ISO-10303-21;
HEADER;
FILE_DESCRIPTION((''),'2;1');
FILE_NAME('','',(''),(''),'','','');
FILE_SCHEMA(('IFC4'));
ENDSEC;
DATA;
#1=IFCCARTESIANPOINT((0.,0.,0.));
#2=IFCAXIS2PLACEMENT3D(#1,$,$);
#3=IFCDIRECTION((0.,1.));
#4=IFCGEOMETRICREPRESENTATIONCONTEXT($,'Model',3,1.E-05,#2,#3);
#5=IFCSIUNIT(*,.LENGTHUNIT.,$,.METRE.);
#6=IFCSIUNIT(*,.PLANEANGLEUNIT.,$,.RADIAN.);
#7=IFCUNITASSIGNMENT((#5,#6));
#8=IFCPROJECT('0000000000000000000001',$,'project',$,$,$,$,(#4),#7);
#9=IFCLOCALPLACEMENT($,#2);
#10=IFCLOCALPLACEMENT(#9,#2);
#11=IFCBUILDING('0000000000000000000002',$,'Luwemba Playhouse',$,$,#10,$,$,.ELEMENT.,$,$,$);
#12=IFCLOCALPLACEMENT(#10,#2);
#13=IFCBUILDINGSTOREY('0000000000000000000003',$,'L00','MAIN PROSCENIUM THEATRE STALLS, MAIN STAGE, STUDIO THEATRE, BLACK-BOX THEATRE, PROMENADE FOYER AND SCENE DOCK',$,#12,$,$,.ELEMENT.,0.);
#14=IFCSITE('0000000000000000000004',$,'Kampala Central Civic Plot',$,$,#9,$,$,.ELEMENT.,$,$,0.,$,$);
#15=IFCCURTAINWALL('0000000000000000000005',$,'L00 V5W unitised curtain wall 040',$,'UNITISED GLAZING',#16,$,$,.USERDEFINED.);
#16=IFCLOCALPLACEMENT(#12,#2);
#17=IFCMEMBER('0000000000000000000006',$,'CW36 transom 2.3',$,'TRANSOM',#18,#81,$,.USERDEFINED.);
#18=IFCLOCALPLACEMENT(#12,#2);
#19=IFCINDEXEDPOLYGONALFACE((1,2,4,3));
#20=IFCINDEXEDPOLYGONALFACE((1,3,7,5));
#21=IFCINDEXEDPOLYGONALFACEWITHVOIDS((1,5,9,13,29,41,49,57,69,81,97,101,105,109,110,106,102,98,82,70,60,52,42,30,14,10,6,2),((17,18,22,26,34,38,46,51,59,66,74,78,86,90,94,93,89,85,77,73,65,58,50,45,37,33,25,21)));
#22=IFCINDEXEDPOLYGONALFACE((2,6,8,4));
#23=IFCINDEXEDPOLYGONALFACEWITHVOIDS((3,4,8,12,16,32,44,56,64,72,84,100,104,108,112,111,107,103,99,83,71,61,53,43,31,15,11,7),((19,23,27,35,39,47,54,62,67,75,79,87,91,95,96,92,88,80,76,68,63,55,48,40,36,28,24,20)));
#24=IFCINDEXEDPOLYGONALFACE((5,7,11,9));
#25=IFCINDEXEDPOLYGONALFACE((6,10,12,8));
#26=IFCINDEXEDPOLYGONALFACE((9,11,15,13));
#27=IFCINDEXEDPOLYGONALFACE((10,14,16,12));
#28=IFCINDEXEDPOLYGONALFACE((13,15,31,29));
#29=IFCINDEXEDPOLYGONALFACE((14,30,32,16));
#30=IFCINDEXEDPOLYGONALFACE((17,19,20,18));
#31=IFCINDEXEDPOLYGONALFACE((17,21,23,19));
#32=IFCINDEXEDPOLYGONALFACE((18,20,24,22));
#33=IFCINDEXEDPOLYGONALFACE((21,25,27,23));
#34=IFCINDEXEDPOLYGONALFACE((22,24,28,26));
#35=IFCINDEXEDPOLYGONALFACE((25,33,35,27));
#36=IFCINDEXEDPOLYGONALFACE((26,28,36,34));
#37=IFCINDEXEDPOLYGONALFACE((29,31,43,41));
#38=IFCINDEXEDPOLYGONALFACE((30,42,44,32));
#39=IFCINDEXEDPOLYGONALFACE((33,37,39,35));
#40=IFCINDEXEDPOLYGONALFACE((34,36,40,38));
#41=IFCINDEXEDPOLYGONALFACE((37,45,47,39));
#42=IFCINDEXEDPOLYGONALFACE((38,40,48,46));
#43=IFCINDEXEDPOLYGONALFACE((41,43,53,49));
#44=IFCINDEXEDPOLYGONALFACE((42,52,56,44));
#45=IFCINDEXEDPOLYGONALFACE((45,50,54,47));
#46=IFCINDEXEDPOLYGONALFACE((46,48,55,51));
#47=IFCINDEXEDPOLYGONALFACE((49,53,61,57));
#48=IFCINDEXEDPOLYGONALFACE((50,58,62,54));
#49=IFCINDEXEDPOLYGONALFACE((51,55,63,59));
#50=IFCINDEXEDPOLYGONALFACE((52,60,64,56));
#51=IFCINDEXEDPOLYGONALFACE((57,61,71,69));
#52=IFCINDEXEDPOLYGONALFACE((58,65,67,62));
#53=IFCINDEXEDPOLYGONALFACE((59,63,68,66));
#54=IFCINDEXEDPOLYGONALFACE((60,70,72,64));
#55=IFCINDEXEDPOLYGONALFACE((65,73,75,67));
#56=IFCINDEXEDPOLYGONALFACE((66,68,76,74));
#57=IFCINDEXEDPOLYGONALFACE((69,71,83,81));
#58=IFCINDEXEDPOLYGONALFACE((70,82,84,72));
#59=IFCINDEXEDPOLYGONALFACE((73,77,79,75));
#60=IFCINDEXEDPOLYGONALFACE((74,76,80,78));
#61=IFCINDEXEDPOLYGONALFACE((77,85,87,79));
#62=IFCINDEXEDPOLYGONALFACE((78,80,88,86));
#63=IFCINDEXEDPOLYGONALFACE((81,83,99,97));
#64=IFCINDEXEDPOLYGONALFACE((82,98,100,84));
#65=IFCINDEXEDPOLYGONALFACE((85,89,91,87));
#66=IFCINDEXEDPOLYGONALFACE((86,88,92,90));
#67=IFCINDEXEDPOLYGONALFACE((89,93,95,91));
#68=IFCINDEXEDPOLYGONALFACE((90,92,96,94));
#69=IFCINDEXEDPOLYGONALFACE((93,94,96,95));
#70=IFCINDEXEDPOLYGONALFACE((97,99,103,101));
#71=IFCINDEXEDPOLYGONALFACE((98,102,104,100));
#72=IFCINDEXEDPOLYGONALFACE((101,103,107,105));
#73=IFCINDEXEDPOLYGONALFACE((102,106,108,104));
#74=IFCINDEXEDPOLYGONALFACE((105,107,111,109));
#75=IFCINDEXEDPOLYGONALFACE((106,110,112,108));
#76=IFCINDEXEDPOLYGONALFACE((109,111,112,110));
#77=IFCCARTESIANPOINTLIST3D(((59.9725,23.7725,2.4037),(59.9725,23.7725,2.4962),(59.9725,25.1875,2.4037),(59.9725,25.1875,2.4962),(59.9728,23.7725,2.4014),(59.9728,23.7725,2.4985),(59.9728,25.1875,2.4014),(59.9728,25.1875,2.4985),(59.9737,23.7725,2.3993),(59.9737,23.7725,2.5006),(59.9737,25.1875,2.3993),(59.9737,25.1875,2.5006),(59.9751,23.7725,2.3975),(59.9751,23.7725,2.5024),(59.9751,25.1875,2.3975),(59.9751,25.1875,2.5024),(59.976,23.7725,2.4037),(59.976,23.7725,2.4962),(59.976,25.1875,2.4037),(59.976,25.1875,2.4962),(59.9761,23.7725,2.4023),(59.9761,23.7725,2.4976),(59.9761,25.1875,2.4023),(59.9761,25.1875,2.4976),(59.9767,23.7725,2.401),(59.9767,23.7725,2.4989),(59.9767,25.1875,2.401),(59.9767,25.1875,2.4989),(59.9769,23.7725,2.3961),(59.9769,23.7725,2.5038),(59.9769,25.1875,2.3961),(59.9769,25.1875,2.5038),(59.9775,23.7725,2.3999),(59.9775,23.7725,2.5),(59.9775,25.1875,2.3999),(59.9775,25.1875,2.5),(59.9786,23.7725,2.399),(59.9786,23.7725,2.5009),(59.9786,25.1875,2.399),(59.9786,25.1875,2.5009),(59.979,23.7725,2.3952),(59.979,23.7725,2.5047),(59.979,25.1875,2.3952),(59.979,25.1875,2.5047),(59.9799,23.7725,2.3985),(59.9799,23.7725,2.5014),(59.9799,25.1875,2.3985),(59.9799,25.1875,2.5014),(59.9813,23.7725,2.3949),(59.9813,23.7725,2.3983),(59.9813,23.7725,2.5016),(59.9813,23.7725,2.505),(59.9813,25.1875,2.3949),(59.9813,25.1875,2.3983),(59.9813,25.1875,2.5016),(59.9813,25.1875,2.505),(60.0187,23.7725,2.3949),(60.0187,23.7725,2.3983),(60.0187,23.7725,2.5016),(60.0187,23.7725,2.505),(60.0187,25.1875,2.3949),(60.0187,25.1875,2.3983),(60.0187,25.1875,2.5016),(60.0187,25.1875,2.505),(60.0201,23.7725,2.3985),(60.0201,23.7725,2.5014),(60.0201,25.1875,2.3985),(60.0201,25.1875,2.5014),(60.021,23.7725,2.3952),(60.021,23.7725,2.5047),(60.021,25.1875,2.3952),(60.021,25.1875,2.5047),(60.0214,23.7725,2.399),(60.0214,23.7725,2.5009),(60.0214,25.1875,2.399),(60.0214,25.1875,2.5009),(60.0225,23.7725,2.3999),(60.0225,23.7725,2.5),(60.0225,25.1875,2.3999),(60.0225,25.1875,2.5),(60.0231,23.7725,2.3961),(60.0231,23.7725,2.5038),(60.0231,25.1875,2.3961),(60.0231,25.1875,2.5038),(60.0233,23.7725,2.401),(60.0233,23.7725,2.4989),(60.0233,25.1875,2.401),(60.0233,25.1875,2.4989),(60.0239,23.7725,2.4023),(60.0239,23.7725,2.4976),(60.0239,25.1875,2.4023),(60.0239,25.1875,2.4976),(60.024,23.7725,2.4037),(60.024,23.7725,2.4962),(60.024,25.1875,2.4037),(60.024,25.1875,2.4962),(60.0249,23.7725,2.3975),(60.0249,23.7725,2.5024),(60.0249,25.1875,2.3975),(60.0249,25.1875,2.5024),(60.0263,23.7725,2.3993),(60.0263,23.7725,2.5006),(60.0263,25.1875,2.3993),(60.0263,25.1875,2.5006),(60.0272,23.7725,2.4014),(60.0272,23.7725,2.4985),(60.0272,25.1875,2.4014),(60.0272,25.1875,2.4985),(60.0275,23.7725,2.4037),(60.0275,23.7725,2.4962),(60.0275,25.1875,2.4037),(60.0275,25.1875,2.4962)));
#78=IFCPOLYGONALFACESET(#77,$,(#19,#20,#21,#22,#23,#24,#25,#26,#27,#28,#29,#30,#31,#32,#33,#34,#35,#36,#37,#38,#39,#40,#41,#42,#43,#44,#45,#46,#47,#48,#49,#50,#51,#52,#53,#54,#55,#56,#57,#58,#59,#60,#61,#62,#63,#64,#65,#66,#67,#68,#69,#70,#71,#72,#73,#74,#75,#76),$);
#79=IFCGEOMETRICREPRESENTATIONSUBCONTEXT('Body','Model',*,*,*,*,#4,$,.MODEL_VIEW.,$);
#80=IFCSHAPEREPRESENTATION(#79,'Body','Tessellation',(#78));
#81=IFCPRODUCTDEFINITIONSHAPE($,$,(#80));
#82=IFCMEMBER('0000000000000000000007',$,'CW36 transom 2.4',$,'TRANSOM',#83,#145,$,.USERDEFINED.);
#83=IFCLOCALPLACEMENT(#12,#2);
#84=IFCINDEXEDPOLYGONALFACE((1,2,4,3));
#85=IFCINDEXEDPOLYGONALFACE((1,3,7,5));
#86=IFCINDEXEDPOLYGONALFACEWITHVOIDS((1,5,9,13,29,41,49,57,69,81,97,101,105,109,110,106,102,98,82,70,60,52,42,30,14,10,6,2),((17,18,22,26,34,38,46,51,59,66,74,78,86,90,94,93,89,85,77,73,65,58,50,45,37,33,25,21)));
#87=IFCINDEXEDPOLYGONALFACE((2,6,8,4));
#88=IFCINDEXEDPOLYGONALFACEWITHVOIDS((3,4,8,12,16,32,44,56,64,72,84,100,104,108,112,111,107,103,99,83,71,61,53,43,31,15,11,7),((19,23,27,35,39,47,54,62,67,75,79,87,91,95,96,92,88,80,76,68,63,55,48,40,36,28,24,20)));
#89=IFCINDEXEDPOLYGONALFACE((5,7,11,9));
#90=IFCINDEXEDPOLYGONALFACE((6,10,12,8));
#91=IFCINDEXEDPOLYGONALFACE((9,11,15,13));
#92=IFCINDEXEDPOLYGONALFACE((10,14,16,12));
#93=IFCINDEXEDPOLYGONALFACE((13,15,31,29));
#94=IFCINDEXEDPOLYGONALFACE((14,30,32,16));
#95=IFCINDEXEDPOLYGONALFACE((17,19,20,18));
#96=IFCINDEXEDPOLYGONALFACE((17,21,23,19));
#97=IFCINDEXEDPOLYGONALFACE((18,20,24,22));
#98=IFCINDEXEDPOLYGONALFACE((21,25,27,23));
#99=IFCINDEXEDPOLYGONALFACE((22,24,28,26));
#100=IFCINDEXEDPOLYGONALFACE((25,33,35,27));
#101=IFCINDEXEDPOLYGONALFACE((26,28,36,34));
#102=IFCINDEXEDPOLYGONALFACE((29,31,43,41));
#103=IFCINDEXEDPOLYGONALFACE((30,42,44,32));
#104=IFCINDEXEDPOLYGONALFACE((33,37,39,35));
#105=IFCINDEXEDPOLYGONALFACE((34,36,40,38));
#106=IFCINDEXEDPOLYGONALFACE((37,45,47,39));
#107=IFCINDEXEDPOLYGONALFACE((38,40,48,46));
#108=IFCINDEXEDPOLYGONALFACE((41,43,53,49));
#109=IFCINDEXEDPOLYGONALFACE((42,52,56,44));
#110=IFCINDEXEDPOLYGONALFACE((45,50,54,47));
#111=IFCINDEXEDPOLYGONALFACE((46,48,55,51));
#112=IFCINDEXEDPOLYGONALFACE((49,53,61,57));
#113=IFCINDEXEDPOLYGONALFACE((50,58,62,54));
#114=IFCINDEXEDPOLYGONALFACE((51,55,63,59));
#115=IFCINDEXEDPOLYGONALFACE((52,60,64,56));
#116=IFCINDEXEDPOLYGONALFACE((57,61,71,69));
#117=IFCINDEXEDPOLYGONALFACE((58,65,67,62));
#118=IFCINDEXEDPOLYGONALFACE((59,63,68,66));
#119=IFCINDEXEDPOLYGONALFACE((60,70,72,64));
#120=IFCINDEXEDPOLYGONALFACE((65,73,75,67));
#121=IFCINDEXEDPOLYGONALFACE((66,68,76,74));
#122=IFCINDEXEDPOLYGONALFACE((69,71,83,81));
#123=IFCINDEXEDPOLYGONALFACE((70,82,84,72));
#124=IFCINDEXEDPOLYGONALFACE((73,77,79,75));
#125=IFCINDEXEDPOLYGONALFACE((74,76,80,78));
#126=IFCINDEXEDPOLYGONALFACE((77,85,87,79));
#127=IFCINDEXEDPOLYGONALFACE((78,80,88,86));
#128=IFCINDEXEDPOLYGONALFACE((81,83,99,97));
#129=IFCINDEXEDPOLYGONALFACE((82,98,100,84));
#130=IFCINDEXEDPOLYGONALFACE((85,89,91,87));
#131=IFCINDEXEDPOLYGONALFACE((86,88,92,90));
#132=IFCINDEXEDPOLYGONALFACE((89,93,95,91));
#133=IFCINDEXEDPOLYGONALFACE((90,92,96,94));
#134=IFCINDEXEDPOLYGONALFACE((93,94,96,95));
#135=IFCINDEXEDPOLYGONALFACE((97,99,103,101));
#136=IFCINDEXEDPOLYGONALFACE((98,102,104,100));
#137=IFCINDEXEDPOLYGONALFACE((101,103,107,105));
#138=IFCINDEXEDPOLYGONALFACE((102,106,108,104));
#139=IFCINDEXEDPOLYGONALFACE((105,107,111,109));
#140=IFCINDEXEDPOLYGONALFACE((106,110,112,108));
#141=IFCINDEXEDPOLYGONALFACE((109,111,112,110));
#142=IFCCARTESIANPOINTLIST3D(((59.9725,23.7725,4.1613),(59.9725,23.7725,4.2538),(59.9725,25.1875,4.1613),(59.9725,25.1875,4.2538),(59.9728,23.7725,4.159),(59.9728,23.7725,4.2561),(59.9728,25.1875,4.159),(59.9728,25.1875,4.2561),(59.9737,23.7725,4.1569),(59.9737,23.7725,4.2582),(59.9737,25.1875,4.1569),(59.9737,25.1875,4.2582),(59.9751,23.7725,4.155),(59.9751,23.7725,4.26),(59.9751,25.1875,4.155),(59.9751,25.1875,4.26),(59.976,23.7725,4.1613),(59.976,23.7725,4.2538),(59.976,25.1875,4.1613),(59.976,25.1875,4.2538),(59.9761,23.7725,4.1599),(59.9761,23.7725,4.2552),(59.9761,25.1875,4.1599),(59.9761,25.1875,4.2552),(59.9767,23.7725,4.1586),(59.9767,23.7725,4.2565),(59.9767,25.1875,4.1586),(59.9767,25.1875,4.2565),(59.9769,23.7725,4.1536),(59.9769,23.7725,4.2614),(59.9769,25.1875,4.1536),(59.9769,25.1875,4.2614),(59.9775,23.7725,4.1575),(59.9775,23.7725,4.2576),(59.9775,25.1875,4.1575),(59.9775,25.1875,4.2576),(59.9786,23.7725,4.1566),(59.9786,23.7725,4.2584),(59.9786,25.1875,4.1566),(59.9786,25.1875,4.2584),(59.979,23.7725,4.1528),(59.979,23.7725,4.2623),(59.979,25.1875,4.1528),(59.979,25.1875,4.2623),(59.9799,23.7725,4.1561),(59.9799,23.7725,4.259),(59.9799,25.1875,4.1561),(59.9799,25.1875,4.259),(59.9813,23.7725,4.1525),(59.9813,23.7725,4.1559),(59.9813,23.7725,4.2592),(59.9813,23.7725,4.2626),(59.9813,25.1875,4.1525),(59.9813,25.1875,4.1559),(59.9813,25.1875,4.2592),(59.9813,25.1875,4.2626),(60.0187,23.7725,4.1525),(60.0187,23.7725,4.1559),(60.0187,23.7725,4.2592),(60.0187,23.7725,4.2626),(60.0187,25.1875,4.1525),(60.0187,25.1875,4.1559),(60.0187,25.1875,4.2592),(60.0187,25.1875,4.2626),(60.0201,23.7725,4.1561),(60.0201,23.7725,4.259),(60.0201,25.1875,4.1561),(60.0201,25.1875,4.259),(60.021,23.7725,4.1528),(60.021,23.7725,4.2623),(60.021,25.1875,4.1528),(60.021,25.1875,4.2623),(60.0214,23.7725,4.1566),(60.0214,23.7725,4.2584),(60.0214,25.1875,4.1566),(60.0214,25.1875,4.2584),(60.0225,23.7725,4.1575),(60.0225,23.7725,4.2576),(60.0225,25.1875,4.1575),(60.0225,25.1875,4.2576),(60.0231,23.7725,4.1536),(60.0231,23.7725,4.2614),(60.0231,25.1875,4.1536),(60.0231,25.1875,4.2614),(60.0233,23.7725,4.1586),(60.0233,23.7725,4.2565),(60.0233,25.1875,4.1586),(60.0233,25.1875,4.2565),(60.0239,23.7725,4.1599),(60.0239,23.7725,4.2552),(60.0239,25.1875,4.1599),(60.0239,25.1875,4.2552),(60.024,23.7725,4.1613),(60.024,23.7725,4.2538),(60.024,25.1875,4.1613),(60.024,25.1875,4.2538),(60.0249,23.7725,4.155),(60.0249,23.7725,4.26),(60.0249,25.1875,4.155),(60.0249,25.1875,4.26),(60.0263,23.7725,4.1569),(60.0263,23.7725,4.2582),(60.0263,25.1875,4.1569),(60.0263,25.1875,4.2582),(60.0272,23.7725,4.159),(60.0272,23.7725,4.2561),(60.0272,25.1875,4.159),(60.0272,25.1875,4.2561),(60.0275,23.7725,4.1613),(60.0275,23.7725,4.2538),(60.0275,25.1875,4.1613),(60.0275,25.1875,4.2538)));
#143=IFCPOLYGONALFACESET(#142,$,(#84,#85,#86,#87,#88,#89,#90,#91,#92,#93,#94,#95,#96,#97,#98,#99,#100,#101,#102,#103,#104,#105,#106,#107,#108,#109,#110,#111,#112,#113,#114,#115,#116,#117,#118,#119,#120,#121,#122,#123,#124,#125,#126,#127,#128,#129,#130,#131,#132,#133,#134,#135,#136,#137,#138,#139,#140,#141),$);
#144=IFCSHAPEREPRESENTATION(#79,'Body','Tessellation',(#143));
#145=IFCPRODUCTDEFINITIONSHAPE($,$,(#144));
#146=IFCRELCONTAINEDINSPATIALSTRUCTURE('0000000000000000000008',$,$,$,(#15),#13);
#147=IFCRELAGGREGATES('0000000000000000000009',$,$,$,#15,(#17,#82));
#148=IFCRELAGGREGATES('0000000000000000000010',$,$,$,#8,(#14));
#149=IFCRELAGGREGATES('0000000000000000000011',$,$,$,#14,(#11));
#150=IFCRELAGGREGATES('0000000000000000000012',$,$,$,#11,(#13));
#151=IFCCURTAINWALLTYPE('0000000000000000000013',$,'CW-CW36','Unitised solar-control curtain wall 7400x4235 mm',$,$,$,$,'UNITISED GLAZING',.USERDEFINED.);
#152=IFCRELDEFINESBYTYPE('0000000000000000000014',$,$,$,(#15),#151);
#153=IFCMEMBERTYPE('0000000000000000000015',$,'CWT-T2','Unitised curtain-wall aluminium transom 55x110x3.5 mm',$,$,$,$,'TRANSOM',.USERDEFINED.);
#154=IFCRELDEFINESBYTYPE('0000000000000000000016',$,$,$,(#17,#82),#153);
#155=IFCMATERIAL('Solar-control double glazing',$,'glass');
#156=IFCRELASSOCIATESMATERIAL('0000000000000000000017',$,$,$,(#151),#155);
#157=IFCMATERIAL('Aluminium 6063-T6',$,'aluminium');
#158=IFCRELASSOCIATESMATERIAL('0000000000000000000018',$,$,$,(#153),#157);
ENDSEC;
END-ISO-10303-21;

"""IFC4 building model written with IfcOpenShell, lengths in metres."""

from ifc_helpers import new_model, si_unit, direction, frame, origin, origin_2d, place, context, subcontext, project, spatial, hollow_rectangle, extrude, material, material_profile, profile_set, type_object, element, aggregate, save


model = new_model("IFC4")

# Units and contexts
model_context = context("Model", 3, precision=1e-05, world=origin(), true_north=direction((0.0, 1.0)))
body_context = subcontext(model_context, "Body", "Model", "MODEL_VIEW")
ifc_project = project(units=[si_unit("LENGTHUNIT", "METRE"), si_unit("PLANEANGLEUNIT", "RADIAN")], contexts=[model_context])

# Site, building, storey
site_placement = place(None, origin())
site = spatial("IfcSite", under=ifc_project, at=site_placement, Name="Kampala Central Civic Plot", CompositionType="ELEMENT", RefElevation=0.0)
building_placement = place(site_placement, origin())
building = spatial("IfcBuilding", under=site, at=building_placement, Name="Luwemba Playhouse", CompositionType="ELEMENT")
storey_placement = place(building_placement, origin())
storey = spatial("IfcBuildingStorey", under=building, at=storey_placement, Name="L00", Description="MAIN PROSCENIUM THEATRE STALLS, MAIN STAGE, STUDIO THEATRE, BLACK-BOX THEATRE, PROMENADE FOYER AND SCENE DOCK", CompositionType="ELEMENT", Elevation=0.0)

# Curtain wall, members
ifc_material_1 = material(Name="Solar-control double glazing", Category="glass")
curtain_wall_type = type_object("IfcCurtainWallType", Name="CW-CW36", Description="Unitised solar-control curtain wall 7400x4235 mm", ElementType="UNITISED GLAZING", PredefinedType="USERDEFINED", material=ifc_material_1)
curtain_wall_placement = place(storey_placement, origin())
curtain_wall = element("IfcCurtainWall", 1, at=curtain_wall_placement, inside=storey, type_object=curtain_wall_type, Name="L00 V5W unitised curtain wall 040", ObjectType="UNITISED GLAZING", PredefinedType="USERDEFINED")
ifc_material_2 = material(Name="Aluminium 6063-T6", Category="aluminium")
ifc_material_profile_1 = material_profile(ifc_material_2, hollow_rectangle(XDim=0.0549, YDim=0.1101, WallThickness=0.0034, InnerFilletRadius=0.0054, OuterFilletRadius=0.0088, at=origin_2d()))
ifc_profile_set_1 = profile_set([ifc_material_profile_1], Name="Aluminium 6063-T6")
member_type_1 = type_object("IfcMemberType", Name="CWT-T2", Description="Unitised curtain-wall aluminium transom 55x110x3.5 mm", ElementType="TRANSOM", PredefinedType="USERDEFINED", material=ifc_profile_set_1)
member_1_placement = place(storey_placement, frame((60.0, 25.1875, 2.45), z_axis=(0.0, -1.0, 0.0), x_axis=(1.0, 0.0, 0.0)))
member_1 = element("IfcMember", 2, at=member_1_placement, type_object=member_type_1, Name="CW36 transom 2.3", ObjectType="TRANSOM", PredefinedType="USERDEFINED", context=body_context, shape_type="SweptSolid", body=[
    extrude(hollow_rectangle(XDim=0.0549, YDim=0.1101, WallThickness=0.0034, InnerFilletRadius=0.0054, OuterFilletRadius=0.0088, at=origin_2d()), origin(), (0.0, 0.0, 1.0), 1.415),
])
member_2_placement = place(storey_placement, frame((60.0, 25.1875, 4.2075), z_axis=(0.0, -1.0, 0.0), x_axis=(1.0, 0.0, 0.0)))
member_2 = element("IfcMember", 3, at=member_2_placement, type_object=member_type_1, Name="CW36 transom 2.4", ObjectType="TRANSOM", PredefinedType="USERDEFINED", context=body_context, shape_type="SweptSolid", body=[
    extrude(hollow_rectangle(XDim=0.0549, YDim=0.1101, WallThickness=0.0034, InnerFilletRadius=0.0054, OuterFilletRadius=0.0088, at=origin_2d()), origin(), (0.0, 0.0, 1.0), 1.415),
])
aggregate(curtain_wall, [member_1, member_2])

save(model, "model.ifc")
